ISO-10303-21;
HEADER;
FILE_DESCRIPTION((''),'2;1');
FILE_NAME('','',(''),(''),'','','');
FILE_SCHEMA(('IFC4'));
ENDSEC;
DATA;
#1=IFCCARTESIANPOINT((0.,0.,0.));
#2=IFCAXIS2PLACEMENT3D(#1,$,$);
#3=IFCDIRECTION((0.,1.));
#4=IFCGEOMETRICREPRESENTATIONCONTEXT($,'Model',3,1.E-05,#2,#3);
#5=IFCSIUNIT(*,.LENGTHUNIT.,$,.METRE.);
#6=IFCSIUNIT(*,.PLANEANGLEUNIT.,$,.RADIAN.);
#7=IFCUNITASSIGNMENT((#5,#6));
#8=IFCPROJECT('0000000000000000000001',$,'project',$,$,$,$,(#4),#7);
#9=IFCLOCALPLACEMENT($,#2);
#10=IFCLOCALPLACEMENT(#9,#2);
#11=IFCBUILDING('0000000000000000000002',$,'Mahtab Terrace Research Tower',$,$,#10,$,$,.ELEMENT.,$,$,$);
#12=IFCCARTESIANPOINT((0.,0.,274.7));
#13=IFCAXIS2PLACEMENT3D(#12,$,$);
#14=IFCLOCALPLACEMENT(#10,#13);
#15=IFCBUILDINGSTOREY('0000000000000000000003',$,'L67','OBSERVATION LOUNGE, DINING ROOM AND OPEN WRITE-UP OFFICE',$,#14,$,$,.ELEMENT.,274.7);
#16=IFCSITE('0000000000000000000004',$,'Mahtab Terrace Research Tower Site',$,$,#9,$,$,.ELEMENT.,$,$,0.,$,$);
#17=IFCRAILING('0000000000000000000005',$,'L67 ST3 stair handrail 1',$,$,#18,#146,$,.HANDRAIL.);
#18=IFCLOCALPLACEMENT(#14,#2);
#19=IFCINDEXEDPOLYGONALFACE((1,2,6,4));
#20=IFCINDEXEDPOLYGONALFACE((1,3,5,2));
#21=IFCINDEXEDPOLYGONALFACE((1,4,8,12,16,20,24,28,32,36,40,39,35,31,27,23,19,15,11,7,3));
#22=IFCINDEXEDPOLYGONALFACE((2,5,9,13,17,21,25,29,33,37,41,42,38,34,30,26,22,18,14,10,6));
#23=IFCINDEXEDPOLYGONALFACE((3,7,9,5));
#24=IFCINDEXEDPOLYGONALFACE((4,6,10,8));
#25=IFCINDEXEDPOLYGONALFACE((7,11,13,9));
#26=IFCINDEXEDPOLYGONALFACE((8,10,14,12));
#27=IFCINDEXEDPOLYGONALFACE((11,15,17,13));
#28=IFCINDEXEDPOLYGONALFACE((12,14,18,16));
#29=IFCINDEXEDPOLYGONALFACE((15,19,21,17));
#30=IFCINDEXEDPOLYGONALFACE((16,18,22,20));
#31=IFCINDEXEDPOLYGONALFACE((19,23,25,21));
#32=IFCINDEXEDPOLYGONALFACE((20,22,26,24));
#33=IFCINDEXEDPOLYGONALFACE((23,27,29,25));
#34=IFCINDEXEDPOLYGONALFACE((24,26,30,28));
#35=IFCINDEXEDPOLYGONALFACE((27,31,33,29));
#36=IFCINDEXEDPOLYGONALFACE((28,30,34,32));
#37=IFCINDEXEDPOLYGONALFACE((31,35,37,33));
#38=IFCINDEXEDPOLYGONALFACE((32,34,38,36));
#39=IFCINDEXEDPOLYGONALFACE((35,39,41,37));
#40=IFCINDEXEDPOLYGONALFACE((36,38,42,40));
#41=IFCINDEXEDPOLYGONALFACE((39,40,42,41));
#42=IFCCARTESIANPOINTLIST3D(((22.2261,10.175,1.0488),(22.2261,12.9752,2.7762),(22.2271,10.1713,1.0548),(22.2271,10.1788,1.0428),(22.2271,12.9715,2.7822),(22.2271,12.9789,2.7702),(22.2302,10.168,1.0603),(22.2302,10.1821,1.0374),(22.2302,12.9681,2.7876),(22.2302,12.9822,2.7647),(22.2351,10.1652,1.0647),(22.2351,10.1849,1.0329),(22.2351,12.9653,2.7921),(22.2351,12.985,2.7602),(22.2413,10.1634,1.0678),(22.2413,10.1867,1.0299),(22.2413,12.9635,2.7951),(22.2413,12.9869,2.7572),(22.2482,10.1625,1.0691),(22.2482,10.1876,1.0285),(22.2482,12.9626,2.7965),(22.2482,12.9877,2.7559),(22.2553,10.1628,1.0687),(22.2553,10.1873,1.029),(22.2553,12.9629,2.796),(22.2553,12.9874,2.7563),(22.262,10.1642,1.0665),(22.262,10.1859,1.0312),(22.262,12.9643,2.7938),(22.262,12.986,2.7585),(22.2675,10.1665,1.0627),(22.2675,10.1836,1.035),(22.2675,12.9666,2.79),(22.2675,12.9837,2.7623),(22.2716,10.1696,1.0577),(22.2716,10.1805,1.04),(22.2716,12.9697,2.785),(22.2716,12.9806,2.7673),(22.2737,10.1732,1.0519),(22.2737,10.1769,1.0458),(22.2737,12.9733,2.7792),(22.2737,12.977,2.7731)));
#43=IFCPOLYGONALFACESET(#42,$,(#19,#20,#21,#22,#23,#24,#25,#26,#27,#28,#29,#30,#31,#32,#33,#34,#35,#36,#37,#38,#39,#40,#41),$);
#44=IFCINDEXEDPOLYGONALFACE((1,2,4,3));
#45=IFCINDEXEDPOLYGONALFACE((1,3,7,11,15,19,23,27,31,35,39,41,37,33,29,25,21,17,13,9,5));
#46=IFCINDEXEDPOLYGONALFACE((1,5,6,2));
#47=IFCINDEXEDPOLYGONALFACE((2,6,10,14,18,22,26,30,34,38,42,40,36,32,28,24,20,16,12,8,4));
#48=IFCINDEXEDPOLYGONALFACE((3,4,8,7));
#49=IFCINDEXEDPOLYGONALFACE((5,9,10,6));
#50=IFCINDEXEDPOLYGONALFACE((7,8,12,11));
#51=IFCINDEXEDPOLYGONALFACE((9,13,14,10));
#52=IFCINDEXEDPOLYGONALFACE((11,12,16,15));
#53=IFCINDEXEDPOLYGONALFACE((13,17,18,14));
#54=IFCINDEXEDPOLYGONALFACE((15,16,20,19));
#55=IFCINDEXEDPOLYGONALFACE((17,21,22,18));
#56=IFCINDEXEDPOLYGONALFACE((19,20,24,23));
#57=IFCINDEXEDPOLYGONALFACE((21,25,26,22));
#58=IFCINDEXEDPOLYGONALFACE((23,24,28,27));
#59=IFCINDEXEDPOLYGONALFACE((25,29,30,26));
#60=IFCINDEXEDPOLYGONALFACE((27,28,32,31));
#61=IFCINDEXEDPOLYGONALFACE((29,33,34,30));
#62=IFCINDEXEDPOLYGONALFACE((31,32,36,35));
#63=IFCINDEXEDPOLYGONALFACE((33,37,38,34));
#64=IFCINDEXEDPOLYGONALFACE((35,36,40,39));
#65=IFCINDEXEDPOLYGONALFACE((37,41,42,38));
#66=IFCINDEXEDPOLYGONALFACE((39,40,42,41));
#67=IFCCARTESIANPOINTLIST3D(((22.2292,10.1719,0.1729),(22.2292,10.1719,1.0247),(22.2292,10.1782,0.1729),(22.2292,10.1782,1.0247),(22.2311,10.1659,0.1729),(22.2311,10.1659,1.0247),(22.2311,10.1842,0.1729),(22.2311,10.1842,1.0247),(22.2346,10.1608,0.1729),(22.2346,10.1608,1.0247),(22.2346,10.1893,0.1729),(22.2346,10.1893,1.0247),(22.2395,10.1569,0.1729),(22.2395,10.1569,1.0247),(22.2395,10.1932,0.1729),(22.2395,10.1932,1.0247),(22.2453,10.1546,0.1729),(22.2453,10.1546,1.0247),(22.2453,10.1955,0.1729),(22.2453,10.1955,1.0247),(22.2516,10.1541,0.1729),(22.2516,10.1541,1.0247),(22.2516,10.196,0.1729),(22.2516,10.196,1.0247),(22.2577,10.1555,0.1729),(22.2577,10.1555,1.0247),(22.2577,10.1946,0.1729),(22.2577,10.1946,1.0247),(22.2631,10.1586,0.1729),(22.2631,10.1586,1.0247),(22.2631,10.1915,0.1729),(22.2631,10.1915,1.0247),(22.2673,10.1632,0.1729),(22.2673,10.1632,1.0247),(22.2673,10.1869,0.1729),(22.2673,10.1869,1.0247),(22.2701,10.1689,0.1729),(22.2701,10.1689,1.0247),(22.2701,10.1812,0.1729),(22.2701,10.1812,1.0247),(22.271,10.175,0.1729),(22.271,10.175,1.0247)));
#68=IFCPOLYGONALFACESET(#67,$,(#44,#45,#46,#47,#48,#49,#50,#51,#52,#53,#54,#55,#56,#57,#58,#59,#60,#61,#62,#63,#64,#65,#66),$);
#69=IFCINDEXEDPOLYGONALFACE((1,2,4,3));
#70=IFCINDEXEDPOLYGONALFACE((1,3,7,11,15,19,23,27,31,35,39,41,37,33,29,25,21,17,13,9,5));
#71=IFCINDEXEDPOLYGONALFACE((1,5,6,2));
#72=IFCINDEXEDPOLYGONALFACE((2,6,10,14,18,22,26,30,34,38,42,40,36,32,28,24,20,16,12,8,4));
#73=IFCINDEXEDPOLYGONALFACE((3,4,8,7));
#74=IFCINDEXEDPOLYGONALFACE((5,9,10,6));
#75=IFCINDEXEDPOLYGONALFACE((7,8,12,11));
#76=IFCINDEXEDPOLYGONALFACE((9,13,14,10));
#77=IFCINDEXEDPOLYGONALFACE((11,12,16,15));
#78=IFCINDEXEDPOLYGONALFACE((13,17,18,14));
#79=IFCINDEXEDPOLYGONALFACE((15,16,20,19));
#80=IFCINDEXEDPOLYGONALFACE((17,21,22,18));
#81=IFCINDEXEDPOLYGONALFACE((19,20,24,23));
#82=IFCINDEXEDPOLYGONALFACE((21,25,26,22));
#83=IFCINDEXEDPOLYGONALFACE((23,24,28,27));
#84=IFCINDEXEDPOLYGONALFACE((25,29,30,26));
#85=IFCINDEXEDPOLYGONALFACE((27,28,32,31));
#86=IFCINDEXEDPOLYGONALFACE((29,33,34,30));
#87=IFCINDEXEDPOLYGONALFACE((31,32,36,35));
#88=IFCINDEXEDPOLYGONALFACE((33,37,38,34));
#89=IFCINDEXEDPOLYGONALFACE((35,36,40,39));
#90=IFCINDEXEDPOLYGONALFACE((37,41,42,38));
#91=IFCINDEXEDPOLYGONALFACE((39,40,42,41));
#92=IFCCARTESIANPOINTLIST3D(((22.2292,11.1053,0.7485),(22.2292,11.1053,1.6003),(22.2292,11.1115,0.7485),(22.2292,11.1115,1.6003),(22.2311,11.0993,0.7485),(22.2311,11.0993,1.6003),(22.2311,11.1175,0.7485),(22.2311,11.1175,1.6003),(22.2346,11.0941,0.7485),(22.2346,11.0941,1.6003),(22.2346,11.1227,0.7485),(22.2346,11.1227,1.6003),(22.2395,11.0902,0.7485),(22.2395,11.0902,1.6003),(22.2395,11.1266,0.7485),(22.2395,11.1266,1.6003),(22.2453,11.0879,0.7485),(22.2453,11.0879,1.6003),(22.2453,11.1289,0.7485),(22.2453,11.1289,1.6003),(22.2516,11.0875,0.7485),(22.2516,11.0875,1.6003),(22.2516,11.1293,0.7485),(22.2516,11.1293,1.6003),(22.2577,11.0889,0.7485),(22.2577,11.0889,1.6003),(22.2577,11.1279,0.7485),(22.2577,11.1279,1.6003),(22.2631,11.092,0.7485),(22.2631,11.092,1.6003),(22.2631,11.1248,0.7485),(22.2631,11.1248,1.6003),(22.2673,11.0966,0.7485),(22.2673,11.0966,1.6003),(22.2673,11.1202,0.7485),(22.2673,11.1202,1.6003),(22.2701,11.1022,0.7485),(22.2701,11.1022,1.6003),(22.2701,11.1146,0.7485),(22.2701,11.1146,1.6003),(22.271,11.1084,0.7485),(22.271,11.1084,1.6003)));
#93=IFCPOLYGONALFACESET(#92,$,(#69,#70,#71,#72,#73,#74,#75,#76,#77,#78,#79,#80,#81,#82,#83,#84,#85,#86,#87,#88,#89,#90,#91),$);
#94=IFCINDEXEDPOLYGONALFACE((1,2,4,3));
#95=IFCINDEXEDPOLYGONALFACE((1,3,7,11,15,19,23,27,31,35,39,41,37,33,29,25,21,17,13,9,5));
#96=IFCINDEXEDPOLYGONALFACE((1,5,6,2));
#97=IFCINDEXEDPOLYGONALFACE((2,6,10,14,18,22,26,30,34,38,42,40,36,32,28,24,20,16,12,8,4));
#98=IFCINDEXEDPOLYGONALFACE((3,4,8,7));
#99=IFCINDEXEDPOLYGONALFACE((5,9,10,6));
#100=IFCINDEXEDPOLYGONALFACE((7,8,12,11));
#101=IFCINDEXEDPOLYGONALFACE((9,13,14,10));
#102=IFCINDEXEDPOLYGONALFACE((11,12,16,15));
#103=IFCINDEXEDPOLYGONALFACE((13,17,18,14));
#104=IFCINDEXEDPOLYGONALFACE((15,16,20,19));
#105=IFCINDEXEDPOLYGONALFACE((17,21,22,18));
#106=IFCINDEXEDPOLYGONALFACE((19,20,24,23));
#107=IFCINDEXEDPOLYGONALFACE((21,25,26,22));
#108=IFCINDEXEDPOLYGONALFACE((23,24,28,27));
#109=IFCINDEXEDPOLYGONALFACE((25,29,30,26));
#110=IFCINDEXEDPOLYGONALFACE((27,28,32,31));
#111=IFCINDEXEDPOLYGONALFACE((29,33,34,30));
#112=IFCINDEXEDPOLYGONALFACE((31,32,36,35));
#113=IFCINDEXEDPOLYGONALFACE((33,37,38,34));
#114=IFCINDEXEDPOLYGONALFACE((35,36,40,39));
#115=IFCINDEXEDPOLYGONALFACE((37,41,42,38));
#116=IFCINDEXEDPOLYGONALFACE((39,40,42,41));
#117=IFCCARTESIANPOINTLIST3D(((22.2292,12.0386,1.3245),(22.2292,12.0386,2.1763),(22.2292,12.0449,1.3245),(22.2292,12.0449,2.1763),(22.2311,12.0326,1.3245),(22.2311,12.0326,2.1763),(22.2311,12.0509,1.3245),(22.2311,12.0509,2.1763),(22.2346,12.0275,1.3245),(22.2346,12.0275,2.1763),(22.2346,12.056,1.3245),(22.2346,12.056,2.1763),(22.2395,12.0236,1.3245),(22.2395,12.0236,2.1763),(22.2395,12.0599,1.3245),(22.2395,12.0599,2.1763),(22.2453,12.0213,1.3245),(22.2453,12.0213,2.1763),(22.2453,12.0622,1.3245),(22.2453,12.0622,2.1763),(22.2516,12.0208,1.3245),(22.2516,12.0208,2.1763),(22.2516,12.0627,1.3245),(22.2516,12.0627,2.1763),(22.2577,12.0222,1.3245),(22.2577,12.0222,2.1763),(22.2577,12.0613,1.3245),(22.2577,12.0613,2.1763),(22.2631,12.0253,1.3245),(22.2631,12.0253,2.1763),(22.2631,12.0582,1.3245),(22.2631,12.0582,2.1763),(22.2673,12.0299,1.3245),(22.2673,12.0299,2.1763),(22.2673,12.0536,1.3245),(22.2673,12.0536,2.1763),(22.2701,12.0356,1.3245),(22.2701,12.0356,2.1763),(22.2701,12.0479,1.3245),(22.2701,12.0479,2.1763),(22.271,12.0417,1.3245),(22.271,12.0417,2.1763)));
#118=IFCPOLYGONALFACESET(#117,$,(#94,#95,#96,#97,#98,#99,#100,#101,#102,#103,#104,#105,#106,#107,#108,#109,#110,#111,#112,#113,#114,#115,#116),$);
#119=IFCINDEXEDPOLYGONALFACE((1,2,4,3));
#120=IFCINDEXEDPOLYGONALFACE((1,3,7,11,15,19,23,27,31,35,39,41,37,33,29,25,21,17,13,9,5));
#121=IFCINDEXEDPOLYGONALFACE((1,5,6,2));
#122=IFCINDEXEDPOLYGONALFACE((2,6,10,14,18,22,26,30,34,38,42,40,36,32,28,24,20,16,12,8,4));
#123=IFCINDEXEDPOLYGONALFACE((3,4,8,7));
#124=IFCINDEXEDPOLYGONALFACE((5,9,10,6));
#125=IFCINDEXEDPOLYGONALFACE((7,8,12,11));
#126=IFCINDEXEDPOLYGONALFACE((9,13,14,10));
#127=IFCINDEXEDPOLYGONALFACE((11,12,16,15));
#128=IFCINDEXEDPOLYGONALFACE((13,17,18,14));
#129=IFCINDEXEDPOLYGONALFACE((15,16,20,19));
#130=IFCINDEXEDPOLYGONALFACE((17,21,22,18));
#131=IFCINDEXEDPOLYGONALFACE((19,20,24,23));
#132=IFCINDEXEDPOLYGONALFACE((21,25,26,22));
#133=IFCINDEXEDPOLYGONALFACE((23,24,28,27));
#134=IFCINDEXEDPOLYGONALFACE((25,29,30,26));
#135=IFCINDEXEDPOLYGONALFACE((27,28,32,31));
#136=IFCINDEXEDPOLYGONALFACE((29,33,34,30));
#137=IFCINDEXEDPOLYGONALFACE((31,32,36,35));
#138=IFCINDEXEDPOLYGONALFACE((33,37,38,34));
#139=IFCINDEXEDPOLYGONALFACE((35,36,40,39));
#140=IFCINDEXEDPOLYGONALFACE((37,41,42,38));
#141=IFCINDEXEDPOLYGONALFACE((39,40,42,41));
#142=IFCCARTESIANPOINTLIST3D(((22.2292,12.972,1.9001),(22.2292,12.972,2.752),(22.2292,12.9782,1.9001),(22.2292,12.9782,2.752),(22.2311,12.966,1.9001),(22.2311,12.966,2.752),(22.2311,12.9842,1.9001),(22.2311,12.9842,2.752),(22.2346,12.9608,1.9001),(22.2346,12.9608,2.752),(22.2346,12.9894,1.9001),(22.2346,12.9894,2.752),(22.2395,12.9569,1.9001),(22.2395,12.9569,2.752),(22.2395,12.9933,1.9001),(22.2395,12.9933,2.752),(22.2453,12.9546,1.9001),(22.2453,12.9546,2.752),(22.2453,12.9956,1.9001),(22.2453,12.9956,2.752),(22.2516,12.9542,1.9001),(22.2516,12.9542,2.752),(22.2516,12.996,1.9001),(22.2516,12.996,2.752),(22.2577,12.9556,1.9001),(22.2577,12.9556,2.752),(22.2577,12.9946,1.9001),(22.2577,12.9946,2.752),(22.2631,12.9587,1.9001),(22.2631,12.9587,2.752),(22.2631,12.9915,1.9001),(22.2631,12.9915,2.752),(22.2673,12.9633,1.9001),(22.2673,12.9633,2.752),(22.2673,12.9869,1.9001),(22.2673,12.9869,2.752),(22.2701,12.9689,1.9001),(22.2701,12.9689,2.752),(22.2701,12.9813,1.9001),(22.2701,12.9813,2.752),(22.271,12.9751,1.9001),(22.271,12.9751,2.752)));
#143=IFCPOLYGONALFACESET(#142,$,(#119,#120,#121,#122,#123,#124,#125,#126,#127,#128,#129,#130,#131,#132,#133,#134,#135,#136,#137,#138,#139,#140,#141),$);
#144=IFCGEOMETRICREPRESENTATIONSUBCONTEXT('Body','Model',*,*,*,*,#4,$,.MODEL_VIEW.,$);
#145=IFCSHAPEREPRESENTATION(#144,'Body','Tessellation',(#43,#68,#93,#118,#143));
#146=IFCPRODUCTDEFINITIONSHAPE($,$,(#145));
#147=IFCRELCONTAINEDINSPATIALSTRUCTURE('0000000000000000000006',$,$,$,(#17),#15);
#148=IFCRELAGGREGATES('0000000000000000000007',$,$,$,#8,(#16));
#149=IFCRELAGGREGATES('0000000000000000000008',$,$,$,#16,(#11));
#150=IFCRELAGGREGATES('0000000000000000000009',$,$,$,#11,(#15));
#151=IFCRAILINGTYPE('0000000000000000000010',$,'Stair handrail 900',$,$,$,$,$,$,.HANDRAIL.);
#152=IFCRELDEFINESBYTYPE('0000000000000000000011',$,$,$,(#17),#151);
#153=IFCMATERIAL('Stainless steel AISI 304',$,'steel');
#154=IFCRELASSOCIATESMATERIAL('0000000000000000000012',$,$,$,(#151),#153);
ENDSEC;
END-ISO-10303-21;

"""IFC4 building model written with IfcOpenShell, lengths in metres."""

from ifc_helpers import new_model, si_unit, direction, frame, origin, origin_2d, place, context, subcontext, project, spatial, circle, extrude, material, type_object, element, save


model = new_model("IFC4")

# Units and contexts
model_context = context("Model", 3, precision=1e-05, world=origin(), true_north=direction((0.0, 1.0)))
body_context = subcontext(model_context, "Body", "Model", "MODEL_VIEW")
ifc_project = project(units=[si_unit("LENGTHUNIT", "METRE"), si_unit("PLANEANGLEUNIT", "RADIAN")], contexts=[model_context])

# Site, building, storey
site_placement = place(None, origin())
site = spatial("IfcSite", under=ifc_project, at=site_placement, Name="Mahtab Terrace Research Tower Site", CompositionType="ELEMENT", RefElevation=0.0)
building_placement = place(site_placement, origin())
building = spatial("IfcBuilding", under=site, at=building_placement, Name="Mahtab Terrace Research Tower", CompositionType="ELEMENT")
storey_placement = place(building_placement, frame((0.0, 0.0, 274.7)))
storey = spatial("IfcBuildingStorey", under=building, at=storey_placement, Name="L67", Description="OBSERVATION LOUNGE, DINING ROOM AND OPEN WRITE-UP OFFICE", CompositionType="ELEMENT", Elevation=274.7)

# Railing
ifc_material_1 = material(Name="Stainless steel AISI 304", Category="steel")
railing_type_1 = type_object("IfcRailingType", Name="Stair handrail 900", PredefinedType="HANDRAIL", material=ifc_material_1)
railing_1_placement = place(storey_placement, frame((22.25, 10.175, 0.1729)))
element("IfcRailing", 1, at=railing_1_placement, inside=storey, type_object=railing_type_1, Name="L67 ST3 stair handrail 1", PredefinedType="HANDRAIL", context=body_context, shape_type="SweptSolid", body=[
    extrude(circle(Radius=0.0239, at=origin_2d()), frame((0.0, 0.0, 0.876), z_axis=(0.0, 0.85109, 0.52502), x_axis=(-1.0, 0.0, 0.0)), (0.0, 0.0, 1.0), 3.29),
    extrude(circle(Radius=0.021, at=origin_2d()), origin(), (0.0, 0.0, 1.0), 0.8518),
    extrude(circle(Radius=0.021, at=origin_2d()), frame((0.0, 0.9333, 0.5757)), (0.0, 0.0, 1.0), 0.8518),
    extrude(circle(Radius=0.021, at=origin_2d()), frame((0.0, 1.8667, 1.1516)), (0.0, 0.0, 1.0), 0.8518),
    extrude(circle(Radius=0.021, at=origin_2d()), frame((0.0, 2.8, 1.7273)), (0.0, 0.0, 1.0), 0.8518),
])

save(model, "model.ifc")
